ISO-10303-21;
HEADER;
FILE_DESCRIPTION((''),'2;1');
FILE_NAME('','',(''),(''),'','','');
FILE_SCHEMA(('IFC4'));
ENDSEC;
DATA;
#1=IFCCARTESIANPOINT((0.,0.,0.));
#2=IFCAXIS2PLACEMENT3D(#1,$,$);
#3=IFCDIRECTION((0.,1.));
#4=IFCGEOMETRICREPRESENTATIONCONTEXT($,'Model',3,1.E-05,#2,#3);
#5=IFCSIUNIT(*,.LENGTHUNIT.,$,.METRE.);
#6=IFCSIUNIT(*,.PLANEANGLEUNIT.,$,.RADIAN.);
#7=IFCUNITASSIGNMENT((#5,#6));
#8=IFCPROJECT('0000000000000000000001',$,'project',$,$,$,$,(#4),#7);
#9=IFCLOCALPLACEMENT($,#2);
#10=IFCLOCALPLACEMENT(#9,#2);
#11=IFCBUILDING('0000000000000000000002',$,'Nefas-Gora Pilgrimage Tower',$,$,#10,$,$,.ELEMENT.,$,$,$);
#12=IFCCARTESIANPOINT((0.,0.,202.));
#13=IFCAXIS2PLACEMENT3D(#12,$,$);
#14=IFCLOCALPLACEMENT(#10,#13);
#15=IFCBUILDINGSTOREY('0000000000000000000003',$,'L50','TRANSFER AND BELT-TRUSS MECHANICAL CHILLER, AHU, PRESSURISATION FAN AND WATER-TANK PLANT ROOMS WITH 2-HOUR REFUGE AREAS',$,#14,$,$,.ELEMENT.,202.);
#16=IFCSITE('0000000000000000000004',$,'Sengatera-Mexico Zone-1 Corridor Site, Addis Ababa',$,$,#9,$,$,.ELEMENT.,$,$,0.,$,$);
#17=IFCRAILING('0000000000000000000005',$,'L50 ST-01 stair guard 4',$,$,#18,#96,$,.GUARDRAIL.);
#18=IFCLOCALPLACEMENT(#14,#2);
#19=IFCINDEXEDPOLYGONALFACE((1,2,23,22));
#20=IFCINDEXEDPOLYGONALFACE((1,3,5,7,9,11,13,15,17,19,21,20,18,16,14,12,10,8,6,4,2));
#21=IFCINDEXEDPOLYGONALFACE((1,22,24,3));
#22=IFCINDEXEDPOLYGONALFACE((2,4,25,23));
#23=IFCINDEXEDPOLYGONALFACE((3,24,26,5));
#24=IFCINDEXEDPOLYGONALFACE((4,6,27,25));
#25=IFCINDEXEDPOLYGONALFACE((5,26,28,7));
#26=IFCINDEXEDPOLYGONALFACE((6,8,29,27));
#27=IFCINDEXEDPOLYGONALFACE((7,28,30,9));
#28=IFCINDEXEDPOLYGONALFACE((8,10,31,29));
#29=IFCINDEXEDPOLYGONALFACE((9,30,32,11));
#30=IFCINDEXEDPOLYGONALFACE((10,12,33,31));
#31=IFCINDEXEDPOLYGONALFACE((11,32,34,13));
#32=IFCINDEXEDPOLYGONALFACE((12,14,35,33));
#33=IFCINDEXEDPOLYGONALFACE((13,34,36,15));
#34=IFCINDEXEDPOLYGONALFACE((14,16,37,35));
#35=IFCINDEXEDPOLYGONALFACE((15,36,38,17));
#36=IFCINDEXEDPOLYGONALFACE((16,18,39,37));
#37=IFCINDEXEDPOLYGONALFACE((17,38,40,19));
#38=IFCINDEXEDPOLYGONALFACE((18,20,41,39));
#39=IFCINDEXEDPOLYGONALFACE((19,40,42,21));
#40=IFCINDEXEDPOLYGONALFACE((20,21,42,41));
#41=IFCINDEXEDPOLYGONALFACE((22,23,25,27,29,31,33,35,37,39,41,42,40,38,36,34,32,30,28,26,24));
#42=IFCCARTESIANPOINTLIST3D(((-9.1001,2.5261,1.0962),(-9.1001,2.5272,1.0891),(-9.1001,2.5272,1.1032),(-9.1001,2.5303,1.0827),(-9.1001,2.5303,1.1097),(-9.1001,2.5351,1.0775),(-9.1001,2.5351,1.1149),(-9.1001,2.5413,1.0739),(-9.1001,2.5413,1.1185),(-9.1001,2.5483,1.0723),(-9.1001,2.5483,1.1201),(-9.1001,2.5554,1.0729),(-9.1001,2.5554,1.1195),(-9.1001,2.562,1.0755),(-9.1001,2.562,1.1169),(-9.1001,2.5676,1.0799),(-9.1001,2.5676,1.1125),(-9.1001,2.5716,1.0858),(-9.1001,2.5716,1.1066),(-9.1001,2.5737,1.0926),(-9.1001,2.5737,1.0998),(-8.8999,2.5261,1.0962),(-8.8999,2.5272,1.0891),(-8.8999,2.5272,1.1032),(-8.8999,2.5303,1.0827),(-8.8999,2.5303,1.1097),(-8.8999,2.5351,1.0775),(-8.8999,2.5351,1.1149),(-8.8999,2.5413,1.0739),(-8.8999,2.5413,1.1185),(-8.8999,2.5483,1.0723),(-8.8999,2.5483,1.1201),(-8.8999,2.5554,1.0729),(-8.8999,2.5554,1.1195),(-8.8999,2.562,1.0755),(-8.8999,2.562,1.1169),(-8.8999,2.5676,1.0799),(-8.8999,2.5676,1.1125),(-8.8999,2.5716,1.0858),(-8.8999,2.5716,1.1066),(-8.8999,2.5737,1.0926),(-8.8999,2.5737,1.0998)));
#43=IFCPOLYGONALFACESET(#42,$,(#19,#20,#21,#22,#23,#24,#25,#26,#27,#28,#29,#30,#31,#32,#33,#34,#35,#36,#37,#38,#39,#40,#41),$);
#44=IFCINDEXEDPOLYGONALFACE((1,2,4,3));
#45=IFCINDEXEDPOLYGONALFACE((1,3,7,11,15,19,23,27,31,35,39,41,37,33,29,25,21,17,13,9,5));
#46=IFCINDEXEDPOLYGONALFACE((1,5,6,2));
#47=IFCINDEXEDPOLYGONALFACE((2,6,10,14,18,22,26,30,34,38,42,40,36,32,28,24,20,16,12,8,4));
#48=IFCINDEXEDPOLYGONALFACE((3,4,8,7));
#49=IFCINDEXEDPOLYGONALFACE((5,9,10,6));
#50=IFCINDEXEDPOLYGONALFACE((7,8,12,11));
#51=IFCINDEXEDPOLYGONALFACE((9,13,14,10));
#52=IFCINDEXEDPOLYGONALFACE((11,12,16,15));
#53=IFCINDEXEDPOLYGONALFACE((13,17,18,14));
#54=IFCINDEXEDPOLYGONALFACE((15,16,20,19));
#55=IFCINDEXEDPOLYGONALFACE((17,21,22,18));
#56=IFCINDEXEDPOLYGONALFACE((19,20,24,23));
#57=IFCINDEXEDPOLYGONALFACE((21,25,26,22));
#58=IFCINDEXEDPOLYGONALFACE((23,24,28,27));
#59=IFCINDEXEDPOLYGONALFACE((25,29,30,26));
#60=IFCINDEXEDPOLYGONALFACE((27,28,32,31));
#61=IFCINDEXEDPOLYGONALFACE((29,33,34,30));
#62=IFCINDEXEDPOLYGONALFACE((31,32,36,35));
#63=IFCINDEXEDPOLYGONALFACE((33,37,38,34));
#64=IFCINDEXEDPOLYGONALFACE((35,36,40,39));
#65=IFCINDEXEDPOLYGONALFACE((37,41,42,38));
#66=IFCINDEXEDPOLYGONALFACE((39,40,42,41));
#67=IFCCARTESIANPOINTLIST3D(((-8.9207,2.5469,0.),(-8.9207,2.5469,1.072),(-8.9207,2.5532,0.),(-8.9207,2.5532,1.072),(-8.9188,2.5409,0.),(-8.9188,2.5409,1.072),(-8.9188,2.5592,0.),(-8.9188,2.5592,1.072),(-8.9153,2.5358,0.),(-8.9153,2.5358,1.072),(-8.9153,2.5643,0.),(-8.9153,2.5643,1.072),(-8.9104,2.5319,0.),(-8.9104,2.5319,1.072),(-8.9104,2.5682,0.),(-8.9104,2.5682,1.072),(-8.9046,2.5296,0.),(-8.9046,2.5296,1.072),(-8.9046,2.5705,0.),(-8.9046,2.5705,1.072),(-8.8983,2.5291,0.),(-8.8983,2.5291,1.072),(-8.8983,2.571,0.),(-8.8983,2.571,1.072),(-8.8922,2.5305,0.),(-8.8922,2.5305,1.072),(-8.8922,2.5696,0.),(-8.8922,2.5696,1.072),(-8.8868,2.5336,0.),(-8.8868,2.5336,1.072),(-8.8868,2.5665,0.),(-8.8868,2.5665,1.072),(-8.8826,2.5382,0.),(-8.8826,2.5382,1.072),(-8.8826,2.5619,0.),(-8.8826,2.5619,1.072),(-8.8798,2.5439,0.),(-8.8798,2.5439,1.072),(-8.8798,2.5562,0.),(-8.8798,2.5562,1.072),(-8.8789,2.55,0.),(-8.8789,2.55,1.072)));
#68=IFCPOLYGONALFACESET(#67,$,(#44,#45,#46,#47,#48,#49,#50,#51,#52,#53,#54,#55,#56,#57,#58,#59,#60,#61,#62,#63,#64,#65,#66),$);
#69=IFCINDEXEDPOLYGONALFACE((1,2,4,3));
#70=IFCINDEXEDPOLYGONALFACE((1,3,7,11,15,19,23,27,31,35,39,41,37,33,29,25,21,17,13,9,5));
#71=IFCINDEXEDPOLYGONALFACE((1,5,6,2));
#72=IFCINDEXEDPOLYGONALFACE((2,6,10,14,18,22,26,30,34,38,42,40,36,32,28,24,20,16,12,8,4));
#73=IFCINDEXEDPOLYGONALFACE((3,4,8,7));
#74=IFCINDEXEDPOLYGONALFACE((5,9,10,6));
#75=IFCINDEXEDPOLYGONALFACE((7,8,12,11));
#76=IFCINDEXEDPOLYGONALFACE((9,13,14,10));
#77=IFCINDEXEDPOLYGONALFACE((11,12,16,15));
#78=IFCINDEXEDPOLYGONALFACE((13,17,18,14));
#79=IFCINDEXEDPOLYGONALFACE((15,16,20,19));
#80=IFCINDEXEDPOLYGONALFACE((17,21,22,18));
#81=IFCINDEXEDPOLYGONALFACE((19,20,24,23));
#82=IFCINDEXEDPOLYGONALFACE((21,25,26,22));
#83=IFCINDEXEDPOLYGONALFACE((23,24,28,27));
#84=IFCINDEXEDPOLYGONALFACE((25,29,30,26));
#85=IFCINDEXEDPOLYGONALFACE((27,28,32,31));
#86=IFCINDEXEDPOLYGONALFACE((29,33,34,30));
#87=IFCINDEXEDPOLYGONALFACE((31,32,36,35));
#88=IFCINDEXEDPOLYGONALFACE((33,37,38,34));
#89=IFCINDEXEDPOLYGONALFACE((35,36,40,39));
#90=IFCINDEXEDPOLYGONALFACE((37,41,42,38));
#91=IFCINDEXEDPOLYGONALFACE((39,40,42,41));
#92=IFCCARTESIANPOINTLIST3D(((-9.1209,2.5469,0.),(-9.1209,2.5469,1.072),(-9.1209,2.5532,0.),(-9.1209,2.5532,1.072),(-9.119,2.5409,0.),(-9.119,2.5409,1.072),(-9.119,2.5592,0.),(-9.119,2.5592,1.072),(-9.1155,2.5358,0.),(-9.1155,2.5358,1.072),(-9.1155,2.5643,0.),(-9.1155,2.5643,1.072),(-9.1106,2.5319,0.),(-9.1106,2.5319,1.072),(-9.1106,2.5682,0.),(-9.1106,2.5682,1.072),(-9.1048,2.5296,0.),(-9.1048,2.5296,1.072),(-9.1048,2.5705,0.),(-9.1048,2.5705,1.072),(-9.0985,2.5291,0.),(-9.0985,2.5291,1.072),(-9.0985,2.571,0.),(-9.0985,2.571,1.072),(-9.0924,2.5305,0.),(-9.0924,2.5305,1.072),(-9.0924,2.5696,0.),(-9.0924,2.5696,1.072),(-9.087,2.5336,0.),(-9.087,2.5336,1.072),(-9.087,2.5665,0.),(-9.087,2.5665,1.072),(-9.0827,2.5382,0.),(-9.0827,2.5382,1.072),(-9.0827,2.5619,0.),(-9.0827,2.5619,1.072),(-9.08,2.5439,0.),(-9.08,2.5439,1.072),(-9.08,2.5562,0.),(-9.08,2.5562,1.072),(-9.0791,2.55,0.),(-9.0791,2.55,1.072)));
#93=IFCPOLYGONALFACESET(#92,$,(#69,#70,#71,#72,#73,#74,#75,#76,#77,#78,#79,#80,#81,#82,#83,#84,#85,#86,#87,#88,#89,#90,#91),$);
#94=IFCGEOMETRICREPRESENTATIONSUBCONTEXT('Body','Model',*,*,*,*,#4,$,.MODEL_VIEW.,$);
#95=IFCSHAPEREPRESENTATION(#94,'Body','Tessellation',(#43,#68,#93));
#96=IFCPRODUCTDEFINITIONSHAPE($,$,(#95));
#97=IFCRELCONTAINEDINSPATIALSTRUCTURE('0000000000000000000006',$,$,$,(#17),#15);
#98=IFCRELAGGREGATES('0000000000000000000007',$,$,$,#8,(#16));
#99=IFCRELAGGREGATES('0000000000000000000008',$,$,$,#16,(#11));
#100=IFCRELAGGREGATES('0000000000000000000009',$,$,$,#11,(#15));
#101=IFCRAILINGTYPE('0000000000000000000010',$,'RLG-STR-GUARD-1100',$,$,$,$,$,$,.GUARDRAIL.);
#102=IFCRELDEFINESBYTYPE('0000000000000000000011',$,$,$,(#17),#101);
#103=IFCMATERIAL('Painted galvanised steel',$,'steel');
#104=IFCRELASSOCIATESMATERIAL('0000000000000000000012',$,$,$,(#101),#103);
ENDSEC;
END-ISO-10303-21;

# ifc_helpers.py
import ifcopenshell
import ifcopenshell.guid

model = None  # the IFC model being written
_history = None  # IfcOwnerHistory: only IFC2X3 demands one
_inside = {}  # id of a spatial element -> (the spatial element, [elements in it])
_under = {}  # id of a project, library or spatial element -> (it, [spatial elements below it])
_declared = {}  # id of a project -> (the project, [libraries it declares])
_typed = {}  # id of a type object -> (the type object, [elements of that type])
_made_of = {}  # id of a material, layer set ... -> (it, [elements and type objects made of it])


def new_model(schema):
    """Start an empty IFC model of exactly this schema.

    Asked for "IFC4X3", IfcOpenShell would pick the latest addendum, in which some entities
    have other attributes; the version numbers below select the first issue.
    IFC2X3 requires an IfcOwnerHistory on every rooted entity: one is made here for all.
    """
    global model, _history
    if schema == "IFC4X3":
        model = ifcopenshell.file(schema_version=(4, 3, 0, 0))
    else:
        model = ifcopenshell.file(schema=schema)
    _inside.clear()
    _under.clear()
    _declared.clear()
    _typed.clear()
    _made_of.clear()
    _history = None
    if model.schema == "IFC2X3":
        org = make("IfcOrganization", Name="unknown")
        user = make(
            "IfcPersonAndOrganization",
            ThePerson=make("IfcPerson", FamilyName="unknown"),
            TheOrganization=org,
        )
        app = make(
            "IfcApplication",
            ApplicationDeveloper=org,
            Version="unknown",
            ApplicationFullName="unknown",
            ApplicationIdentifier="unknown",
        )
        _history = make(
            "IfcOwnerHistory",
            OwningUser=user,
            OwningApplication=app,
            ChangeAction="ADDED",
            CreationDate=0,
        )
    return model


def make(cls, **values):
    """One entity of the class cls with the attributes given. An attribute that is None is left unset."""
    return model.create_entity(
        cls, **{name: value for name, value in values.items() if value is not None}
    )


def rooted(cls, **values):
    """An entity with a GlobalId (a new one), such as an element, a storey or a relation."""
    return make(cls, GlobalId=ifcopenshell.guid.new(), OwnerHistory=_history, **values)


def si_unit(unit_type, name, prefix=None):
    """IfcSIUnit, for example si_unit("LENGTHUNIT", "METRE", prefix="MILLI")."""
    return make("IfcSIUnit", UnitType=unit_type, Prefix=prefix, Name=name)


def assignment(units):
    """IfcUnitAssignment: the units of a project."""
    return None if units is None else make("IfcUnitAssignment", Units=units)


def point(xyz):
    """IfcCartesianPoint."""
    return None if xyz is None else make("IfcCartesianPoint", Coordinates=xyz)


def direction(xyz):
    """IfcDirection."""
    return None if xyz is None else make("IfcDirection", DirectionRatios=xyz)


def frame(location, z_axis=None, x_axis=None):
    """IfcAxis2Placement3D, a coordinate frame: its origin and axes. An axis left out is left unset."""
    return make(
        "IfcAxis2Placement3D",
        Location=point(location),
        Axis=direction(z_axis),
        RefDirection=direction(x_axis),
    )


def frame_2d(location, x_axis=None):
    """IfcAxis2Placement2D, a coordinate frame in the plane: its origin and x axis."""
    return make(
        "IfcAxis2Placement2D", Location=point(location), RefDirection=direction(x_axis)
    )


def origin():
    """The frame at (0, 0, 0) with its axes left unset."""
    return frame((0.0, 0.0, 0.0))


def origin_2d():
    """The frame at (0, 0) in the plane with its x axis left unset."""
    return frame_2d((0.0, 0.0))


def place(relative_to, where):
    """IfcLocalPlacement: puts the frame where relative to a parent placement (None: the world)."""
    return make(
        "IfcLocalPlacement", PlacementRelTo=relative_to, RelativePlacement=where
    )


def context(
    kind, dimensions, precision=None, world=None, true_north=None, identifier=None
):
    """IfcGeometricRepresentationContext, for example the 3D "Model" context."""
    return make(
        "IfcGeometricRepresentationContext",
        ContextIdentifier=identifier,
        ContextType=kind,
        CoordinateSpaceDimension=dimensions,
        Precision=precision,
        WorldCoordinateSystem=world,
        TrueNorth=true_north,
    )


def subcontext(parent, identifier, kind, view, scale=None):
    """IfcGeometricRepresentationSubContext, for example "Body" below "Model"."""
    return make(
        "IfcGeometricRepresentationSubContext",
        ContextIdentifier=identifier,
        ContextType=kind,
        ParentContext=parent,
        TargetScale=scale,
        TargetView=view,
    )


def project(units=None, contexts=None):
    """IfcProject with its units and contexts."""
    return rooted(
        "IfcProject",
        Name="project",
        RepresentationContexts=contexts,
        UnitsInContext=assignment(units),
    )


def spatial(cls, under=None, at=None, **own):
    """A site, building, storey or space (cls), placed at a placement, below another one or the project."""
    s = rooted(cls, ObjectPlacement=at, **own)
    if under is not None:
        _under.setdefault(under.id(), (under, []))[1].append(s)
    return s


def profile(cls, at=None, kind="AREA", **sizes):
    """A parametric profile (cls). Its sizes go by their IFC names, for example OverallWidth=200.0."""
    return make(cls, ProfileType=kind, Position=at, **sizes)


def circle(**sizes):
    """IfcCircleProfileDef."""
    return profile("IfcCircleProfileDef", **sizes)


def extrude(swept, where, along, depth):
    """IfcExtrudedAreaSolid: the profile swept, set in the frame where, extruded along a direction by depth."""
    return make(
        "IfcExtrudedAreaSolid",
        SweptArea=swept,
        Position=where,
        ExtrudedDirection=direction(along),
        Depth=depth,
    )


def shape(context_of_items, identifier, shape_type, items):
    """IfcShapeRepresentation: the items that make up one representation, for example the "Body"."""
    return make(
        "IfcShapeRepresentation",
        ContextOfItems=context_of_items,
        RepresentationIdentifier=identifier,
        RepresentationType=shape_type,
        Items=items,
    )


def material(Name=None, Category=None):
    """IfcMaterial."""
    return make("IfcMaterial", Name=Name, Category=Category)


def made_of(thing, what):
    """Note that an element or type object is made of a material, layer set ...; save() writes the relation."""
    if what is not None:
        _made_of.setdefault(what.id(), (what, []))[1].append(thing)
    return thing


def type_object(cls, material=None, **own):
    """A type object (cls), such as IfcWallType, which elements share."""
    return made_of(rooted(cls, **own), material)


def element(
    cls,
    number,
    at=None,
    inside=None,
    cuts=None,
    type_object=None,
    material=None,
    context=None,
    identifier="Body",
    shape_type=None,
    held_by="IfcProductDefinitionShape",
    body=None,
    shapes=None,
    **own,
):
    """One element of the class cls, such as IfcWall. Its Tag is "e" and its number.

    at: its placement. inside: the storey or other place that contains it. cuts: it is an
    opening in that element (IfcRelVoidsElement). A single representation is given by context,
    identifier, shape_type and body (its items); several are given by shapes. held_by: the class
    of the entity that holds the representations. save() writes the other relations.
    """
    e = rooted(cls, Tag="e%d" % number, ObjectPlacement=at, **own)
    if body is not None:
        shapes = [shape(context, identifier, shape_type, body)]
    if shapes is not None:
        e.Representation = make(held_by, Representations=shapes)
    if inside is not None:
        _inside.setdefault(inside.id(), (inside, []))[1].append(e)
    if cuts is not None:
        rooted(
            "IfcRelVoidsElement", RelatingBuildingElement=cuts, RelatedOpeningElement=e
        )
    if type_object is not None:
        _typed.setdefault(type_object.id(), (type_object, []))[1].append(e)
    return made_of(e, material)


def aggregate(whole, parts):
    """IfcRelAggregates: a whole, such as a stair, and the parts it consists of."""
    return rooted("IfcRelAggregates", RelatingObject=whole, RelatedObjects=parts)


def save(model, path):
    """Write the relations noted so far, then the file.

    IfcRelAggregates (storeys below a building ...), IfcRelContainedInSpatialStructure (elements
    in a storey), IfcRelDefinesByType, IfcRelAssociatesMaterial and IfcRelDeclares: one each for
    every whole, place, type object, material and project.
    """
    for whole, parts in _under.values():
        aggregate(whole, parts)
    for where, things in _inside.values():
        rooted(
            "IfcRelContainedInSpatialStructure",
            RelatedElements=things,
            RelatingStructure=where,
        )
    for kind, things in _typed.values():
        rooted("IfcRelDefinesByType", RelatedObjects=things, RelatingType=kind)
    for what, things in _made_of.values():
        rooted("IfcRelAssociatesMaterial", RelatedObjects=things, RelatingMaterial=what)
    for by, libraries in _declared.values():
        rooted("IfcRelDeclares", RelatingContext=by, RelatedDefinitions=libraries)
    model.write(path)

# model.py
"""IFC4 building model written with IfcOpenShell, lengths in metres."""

from ifc_helpers import new_model, si_unit, direction, frame, origin, origin_2d, place, context, subcontext, project, spatial, circle, extrude, material, type_object, element, save


model = new_model("IFC4")

# Units and contexts
model_context = context("Model", 3, precision=1e-05, world=origin(), true_north=direction((0.0, 1.0)))
body_context = subcontext(model_context, "Body", "Model", "MODEL_VIEW")
ifc_project = project(units=[si_unit("LENGTHUNIT", "METRE"), si_unit("PLANEANGLEUNIT", "RADIAN")], contexts=[model_context])

# Site, building, storey
site_placement = place(None, origin())
site = spatial("IfcSite", under=ifc_project, at=site_placement, Name="Sengatera-Mexico Zone-1 Corridor Site, Addis Ababa", CompositionType="ELEMENT", RefElevation=0.0)
building_placement = place(site_placement, origin())
building = spatial("IfcBuilding", under=site, at=building_placement, Name="Nefas-Gora Pilgrimage Tower", CompositionType="ELEMENT")
storey_placement = place(building_placement, frame((0.0, 0.0, 202.0)))
storey = spatial("IfcBuildingStorey", under=building, at=storey_placement, Name="L50", Description="TRANSFER AND BELT-TRUSS MECHANICAL CHILLER, AHU, PRESSURISATION FAN AND WATER-TANK PLANT ROOMS WITH 2-HOUR REFUGE AREAS", CompositionType="ELEMENT", Elevation=202.0)

# Railing
ifc_material_1 = material(Name="Painted galvanised steel", Category="steel")
railing_type_1 = type_object("IfcRailingType", Name="RLG-STR-GUARD-1100", PredefinedType="GUARDRAIL", material=ifc_material_1)
railing_1_placement = place(storey_placement, frame((-8.8999, 2.55, 0.0)))
element("IfcRailing", 1, at=railing_1_placement, inside=storey, type_object=railing_type_1, Name="L50 ST-01 stair guard 4", PredefinedType="GUARDRAIL", context=body_context, shape_type="SweptSolid", body=[
    extrude(circle(Radius=0.0239, at=origin_2d()), frame((0.0, 0.0, 1.0962), z_axis=(-1.0, 0.0, 0.0), x_axis=(0.0, -1.0, 0.0)), (0.0, 0.0, 1.0), 0.2002),
    extrude(circle(Radius=0.021, at=origin_2d()), origin(), (0.0, 0.0, 1.0), 1.072),
    extrude(circle(Radius=0.021, at=origin_2d()), frame((-0.2002, 0.0, 0.0)), (0.0, 0.0, 1.0), 1.072),
])

save(model, "model.ifc")
